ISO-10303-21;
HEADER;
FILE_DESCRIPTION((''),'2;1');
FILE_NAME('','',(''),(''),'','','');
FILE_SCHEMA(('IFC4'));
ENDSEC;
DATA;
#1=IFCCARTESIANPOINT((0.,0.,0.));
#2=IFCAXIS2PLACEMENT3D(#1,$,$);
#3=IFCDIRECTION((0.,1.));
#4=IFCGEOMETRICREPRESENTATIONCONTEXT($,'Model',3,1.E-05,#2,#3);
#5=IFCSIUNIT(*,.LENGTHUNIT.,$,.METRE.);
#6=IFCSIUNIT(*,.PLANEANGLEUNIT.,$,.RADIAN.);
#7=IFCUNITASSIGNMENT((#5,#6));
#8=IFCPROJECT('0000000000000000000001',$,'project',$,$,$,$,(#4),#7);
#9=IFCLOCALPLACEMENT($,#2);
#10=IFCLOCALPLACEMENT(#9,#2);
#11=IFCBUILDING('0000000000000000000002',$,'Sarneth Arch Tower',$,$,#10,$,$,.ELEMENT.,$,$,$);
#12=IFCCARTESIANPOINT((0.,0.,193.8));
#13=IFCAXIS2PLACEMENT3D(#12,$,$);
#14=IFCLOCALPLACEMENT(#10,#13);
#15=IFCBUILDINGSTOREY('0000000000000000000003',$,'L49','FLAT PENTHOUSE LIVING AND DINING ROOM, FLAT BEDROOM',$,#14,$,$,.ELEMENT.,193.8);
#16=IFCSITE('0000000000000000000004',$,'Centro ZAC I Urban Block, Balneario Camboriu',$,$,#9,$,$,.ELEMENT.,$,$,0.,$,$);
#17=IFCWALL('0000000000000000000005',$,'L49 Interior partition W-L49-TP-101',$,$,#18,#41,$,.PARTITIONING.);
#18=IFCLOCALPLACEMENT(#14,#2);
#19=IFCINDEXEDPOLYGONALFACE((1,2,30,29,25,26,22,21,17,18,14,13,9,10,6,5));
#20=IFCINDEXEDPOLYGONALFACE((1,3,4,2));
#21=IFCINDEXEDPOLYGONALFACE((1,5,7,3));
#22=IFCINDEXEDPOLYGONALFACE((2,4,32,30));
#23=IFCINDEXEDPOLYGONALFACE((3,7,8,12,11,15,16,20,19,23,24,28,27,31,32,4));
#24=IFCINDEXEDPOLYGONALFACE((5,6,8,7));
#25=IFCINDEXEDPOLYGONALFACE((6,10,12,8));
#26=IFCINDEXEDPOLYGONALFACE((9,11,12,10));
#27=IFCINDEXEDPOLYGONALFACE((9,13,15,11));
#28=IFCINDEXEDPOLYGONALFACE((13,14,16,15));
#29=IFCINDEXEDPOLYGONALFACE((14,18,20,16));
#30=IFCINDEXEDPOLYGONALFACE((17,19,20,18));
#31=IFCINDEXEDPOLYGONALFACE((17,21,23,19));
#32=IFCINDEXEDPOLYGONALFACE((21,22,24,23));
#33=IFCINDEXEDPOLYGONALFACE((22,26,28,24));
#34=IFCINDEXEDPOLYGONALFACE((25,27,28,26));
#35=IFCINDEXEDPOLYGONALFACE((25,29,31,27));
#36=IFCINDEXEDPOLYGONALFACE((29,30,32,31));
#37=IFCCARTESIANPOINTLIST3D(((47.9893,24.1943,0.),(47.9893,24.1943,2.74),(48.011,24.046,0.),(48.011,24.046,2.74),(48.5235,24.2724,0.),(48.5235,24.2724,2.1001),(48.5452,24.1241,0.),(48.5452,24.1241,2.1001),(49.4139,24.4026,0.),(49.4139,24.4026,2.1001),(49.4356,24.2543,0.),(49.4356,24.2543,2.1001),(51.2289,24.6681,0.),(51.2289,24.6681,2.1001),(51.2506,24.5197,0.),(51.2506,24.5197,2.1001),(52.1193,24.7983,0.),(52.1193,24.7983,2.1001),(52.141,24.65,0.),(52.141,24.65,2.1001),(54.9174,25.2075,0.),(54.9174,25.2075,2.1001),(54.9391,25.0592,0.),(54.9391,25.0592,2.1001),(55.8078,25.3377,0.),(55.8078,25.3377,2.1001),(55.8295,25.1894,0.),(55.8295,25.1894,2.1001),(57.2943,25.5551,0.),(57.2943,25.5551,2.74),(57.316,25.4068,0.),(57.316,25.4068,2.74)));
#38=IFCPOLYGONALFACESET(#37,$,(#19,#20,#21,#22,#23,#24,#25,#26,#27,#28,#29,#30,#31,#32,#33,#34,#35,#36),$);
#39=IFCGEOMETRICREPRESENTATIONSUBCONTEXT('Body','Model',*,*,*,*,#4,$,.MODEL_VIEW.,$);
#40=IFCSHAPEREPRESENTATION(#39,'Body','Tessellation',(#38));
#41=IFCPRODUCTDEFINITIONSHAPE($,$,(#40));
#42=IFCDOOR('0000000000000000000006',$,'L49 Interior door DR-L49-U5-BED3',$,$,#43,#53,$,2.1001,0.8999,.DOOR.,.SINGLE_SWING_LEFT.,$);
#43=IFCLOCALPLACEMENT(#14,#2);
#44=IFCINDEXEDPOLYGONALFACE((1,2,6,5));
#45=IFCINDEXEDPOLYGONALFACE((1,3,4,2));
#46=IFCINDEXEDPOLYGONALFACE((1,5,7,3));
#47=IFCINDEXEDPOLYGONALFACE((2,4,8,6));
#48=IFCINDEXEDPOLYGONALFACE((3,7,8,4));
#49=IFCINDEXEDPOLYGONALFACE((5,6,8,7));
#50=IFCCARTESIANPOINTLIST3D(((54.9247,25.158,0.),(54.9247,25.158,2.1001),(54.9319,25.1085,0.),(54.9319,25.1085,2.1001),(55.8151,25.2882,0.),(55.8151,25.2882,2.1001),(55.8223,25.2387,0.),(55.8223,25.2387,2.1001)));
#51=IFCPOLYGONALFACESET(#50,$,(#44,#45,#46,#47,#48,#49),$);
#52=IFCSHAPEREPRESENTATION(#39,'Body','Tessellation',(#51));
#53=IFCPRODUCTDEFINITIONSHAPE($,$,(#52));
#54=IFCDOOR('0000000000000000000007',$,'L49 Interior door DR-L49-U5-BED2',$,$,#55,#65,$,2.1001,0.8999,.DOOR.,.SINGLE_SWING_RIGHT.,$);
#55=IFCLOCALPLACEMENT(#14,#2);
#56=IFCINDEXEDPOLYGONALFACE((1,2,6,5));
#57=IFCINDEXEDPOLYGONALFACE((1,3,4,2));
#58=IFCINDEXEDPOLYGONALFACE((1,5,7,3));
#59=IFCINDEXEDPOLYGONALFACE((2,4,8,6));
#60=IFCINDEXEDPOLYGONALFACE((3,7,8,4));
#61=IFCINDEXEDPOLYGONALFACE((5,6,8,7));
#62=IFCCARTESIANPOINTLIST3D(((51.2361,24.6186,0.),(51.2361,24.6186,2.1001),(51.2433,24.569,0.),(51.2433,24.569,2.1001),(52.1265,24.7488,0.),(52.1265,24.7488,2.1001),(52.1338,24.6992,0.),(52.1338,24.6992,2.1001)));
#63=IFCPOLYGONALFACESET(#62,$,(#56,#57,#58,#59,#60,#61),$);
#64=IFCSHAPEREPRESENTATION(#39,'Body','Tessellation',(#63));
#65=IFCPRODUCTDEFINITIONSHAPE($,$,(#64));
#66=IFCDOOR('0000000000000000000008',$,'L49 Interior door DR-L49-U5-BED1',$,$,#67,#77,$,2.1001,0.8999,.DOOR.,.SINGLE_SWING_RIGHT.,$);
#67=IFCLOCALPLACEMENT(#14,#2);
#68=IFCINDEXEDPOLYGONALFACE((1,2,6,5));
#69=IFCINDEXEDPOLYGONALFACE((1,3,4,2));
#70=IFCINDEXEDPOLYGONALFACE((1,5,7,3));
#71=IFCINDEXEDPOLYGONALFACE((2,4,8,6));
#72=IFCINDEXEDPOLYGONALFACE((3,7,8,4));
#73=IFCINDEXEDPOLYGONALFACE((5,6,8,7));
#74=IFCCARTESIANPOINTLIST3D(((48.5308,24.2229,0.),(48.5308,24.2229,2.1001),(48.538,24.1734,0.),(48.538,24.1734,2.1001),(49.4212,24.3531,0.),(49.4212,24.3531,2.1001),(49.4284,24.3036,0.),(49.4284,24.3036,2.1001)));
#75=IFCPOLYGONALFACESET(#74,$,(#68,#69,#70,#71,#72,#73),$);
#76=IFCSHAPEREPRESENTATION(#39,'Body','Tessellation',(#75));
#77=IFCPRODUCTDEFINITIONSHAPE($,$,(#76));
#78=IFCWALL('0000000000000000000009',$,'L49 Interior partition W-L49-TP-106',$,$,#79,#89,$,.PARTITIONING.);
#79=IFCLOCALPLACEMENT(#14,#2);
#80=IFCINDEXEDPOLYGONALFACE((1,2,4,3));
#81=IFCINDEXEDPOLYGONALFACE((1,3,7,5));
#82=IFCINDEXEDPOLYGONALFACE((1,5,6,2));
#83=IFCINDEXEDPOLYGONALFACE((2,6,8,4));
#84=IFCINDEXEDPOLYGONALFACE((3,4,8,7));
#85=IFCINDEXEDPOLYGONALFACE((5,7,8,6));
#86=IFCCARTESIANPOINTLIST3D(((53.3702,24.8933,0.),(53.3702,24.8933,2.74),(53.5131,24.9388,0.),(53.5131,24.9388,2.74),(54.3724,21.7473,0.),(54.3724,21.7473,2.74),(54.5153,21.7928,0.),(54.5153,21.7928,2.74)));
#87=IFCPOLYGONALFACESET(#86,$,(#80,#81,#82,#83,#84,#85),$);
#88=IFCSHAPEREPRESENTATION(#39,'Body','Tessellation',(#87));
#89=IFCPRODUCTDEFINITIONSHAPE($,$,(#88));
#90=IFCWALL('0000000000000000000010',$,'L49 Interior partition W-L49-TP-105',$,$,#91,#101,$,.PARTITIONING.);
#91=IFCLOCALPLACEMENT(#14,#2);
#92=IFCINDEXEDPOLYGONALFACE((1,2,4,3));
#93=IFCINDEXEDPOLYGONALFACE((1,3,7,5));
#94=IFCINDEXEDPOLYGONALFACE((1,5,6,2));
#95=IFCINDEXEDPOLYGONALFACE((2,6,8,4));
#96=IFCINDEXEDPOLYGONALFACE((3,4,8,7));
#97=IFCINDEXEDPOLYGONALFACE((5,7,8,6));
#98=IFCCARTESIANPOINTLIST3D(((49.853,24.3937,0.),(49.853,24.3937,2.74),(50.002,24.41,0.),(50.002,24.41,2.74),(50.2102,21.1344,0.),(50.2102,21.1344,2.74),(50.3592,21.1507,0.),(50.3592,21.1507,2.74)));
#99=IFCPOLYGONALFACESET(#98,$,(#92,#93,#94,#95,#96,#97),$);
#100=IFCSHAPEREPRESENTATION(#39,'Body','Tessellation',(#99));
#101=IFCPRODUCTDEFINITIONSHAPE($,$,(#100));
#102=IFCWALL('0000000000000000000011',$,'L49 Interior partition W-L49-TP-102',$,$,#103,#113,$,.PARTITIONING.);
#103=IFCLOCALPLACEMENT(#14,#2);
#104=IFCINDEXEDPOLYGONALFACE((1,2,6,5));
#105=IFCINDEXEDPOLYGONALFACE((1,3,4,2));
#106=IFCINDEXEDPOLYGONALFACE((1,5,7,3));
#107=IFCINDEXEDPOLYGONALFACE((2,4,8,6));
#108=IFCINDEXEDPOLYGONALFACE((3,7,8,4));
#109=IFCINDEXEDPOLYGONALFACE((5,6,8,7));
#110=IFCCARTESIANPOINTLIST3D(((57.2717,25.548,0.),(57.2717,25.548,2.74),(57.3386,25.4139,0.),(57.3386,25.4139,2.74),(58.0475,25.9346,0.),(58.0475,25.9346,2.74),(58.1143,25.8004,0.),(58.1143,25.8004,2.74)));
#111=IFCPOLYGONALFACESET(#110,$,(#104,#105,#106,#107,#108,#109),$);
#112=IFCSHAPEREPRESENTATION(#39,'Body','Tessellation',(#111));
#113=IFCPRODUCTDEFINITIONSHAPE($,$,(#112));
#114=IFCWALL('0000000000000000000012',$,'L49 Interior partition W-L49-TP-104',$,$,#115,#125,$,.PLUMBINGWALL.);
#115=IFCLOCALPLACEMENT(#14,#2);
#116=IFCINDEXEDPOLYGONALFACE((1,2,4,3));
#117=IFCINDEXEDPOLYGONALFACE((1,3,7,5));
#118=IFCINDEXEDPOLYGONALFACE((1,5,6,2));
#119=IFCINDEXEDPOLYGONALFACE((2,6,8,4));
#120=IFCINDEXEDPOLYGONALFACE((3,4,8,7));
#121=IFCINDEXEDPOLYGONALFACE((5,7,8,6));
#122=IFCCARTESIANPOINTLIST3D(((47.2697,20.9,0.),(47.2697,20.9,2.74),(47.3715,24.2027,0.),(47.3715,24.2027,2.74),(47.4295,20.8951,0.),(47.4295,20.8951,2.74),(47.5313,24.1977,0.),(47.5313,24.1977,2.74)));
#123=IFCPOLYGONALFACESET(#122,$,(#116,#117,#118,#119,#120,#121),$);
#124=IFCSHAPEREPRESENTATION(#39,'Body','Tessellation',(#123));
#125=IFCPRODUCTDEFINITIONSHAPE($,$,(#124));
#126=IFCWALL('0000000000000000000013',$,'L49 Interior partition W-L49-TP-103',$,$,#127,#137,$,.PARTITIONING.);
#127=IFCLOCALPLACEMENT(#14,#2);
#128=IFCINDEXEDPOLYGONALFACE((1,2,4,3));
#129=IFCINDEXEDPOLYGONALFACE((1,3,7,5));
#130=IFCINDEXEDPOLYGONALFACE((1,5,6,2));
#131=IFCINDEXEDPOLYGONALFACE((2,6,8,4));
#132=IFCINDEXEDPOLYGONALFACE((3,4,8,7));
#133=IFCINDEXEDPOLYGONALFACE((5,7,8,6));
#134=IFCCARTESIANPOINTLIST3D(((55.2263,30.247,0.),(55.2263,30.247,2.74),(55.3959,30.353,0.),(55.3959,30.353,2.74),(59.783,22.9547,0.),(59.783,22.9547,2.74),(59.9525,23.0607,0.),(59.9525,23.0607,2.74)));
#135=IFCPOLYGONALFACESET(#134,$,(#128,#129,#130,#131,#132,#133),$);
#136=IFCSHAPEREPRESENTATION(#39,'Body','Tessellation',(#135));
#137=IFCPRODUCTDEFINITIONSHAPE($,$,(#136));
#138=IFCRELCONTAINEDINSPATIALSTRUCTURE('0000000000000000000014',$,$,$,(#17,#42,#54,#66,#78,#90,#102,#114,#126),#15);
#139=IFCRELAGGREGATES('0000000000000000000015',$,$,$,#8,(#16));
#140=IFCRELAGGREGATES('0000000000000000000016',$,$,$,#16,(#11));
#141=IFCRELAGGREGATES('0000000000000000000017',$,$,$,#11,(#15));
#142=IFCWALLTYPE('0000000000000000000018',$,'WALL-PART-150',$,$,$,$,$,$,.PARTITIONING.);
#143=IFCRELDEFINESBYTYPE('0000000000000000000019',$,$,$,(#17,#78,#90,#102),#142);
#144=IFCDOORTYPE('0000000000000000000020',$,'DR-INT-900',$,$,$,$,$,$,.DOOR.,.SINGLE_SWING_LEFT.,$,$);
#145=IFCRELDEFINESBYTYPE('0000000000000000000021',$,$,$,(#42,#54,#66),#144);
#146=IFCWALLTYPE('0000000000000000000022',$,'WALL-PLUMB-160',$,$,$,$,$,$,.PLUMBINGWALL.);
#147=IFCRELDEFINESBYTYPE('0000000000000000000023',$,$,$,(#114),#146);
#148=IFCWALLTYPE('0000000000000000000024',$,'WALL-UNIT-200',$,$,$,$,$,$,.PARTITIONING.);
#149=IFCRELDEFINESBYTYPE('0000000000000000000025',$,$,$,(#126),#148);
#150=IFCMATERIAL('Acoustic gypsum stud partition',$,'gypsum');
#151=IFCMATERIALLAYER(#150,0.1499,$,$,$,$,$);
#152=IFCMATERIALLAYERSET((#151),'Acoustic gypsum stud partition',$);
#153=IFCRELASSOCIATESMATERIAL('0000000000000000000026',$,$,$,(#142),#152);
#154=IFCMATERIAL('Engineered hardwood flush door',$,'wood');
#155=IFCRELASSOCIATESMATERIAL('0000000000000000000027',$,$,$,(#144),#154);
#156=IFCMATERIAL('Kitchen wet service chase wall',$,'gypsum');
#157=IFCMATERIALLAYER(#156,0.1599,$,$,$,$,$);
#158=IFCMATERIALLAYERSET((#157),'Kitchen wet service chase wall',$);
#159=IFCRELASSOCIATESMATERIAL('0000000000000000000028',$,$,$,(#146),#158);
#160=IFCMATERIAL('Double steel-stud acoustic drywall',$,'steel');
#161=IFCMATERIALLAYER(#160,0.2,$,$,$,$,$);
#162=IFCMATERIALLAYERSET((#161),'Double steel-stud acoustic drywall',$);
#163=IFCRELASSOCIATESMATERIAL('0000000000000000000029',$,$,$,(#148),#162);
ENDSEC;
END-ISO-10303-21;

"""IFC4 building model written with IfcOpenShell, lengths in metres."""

from ifc_helpers import new_model, si_unit, direction, frame, frame_2d, origin, place, context, subcontext, project, spatial, rectangle, extrude, material, layer, layer_set, type_object, element, fill, save


model = new_model("IFC4")

# Units and contexts
model_context = context("Model", 3, precision=1e-05, world=origin(), true_north=direction((0.0, 1.0)))
body_context = subcontext(model_context, "Body", "Model", "MODEL_VIEW")
ifc_project = project(units=[si_unit("LENGTHUNIT", "METRE"), si_unit("PLANEANGLEUNIT", "RADIAN")], contexts=[model_context])

# Site, building, storey
site_placement = place(None, origin())
site = spatial("IfcSite", under=ifc_project, at=site_placement, Name="Centro ZAC I Urban Block, Balneario Camboriu", CompositionType="ELEMENT", RefElevation=0.0)
building_placement = place(site_placement, origin())
building = spatial("IfcBuilding", under=site, at=building_placement, Name="Sarneth Arch Tower", CompositionType="ELEMENT")
storey_placement = place(building_placement, frame((0.0, 0.0, 193.8)))
storey = spatial("IfcBuildingStorey", under=building, at=storey_placement, Name="L49", Description="FLAT PENTHOUSE LIVING AND DINING ROOM, FLAT BEDROOM", CompositionType="ELEMENT", Elevation=193.8)

# Wall, openings, doors
ifc_material_1 = material(Name="Acoustic gypsum stud partition", Category="gypsum")
ifc_layer_1 = layer(ifc_material_1, 0.1499)
ifc_layer_set_1 = layer_set([ifc_layer_1], Name="Acoustic gypsum stud partition")
wall_type_1 = type_object("IfcWallType", Name="WALL-PART-150", PredefinedType="PARTITIONING", material=ifc_layer_set_1)
wall_1_placement = place(storey_placement, frame((48.0, 24.1201, 0.0), z_axis=(0.0, 0.0, 1.0), x_axis=(0.989475, 0.144706, 0.0)))
wall_1 = element("IfcWall", 1, at=wall_1_placement, inside=storey, type_object=wall_type_1, Name="L49 Interior partition W-L49-TP-101", PredefinedType="PARTITIONING", context=body_context, shape_type="SweptSolid", body=[
    extrude(rectangle(XDim=9.4041, YDim=0.1499, at=frame_2d((4.7021, 0.0))), origin(), (0.0, 0.0, 1.0), 2.74),
])
opening_1_placement = place(wall_1_placement, frame((7.002, 0.0, 0.0)))
opening_1 = element("IfcOpeningElement", 2, at=opening_1_placement, cuts=wall_1, PredefinedType="OPENING", context=body_context, shape_type="SweptSolid", body=[
    extrude(rectangle(XDim=0.8999, YDim=2.1001, at=frame_2d((0.45, 1.05))), frame((0.0, 0.085, 0.0), z_axis=(0.0, -1.0, 0.0), x_axis=(1.0, 0.0, 0.0)), (0.0, 0.0, 1.0), 0.1699),
])
opening_2_placement = place(wall_1_placement, frame((3.2742, 0.0, 0.0)))
opening_2 = element("IfcOpeningElement", 3, at=opening_2_placement, cuts=wall_1, PredefinedType="OPENING", context=body_context, shape_type="SweptSolid", body=[
    extrude(rectangle(XDim=0.8999, YDim=2.1001, at=frame_2d((0.45, 1.05))), frame((0.0, 0.085, 0.0), z_axis=(0.0, -1.0, 0.0), x_axis=(1.0, 0.0, 0.0)), (0.0, 0.0, 1.0), 0.1699),
])
opening_3_placement = place(wall_1_placement, frame((0.54, 0.0, 0.0)))
opening_3 = element("IfcOpeningElement", 4, at=opening_3_placement, cuts=wall_1, PredefinedType="OPENING", context=body_context, shape_type="SweptSolid", body=[
    extrude(rectangle(XDim=0.8999, YDim=2.1001, at=frame_2d((0.45, 1.05))), frame((0.0, 0.085, 0.0), z_axis=(0.0, -1.0, 0.0), x_axis=(1.0, 0.0, 0.0)), (0.0, 0.0, 1.0), 0.1699),
])
ifc_material_2 = material(Name="Engineered hardwood flush door", Category="wood")
door_type_1 = type_object("IfcDoorType", Name="DR-INT-900", OperationType="SINGLE_SWING_LEFT", PredefinedType="DOOR", material=ifc_material_2)
door_1_placement = place(opening_1_placement, origin())
door_1 = element("IfcDoor", 5, at=door_1_placement, inside=storey, type_object=door_type_1, Name="L49 Interior door DR-L49-U5-BED3", OperationType="SINGLE_SWING_LEFT", OverallHeight=2.1001, OverallWidth=0.8999, PredefinedType="DOOR", context=body_context, shape_type="SweptSolid", body=[
    extrude(rectangle(XDim=0.8999, YDim=2.1001, at=frame_2d((0.45, 1.05))), frame((0.0, 0.0249, 0.0), z_axis=(0.0, -1.0, 0.0), x_axis=(1.0, 0.0, 0.0)), (0.0, 0.0, 1.0), 0.05),
])
fill(opening_1, door_1)
door_2_placement = place(opening_2_placement, origin())
door_2 = element("IfcDoor", 6, at=door_2_placement, inside=storey, type_object=door_type_1, Name="L49 Interior door DR-L49-U5-BED2", OperationType="SINGLE_SWING_RIGHT", OverallHeight=2.1001, OverallWidth=0.8999, PredefinedType="DOOR", context=body_context, shape_type="SweptSolid", body=[
    extrude(rectangle(XDim=0.8999, YDim=2.1001, at=frame_2d((0.45, 1.05))), frame((0.0, 0.0249, 0.0), z_axis=(0.0, -1.0, 0.0), x_axis=(1.0, 0.0, 0.0)), (0.0, 0.0, 1.0), 0.05),
])
fill(opening_2, door_2)
door_3_placement = place(opening_3_placement, origin())
door_3 = element("IfcDoor", 7, at=door_3_placement, inside=storey, type_object=door_type_1, Name="L49 Interior door DR-L49-U5-BED1", OperationType="SINGLE_SWING_RIGHT", OverallHeight=2.1001, OverallWidth=0.8999, PredefinedType="DOOR", context=body_context, shape_type="SweptSolid", body=[
    extrude(rectangle(XDim=0.8999, YDim=2.1001, at=frame_2d((0.45, 1.05))), frame((0.0, 0.0249, 0.0), z_axis=(0.0, -1.0, 0.0), x_axis=(1.0, 0.0, 0.0)), (0.0, 0.0, 1.0), 0.05),
])
fill(opening_3, door_3)

# Walls
wall_2_placement = place(storey_placement, frame((53.4417, 24.916, 0.0), z_axis=(0.0, 0.0, 1.0), x_axis=(0.303533, -0.952821, 0.0)))
element("IfcWall", 8, at=wall_2_placement, inside=storey, type_object=wall_type_1, Name="L49 Interior partition W-L49-TP-106", PredefinedType="PARTITIONING", context=body_context, shape_type="SweptSolid", body=[
    extrude(rectangle(XDim=3.3018, YDim=0.1499, at=frame_2d((1.6509, 0.0))), origin(), (0.0, 0.0, 1.0), 2.74),
])
wall_3_placement = place(storey_placement, frame((50.2847, 21.1426, 0.0), z_axis=(0.0, 0.0, 1.0), x_axis=(-0.108936, 0.994049, 0.0)))
element("IfcWall", 9, at=wall_3_placement, inside=storey, type_object=wall_type_1, Name="L49 Interior partition W-L49-TP-105", PredefinedType="PARTITIONING", context=body_context, shape_type="SweptSolid", body=[
    extrude(rectangle(XDim=3.2788, YDim=0.1499, at=frame_2d((1.6394, 0.0))), origin(), (0.0, 0.0, 1.0), 2.74),
])
wall_4_placement = place(storey_placement, frame((57.3052, 25.481, 0.0), z_axis=(0.0, 0.0, 1.0), x_axis=(0.895046, 0.445974, 0.0)))
element("IfcWall", 10, at=wall_4_placement, inside=storey, type_object=wall_type_1, Name="L49 Interior partition W-L49-TP-102", PredefinedType="PARTITIONING", context=body_context, shape_type="SweptSolid", body=[
    extrude(rectangle(XDim=0.8667, YDim=0.1499, at=frame_2d((0.4333, 0.0))), origin(), (0.0, 0.0, 1.0), 2.74),
])
ifc_material_3 = material(Name="Kitchen wet service chase wall", Category="gypsum")
ifc_layer_2 = layer(ifc_material_3, 0.1599)
ifc_layer_set_2 = layer_set([ifc_layer_2], Name="Kitchen wet service chase wall")
wall_type_2 = type_object("IfcWallType", Name="WALL-PLUMB-160", PredefinedType="PLUMBINGWALL", material=ifc_layer_set_2)
wall_5_placement = place(storey_placement, frame((47.4514, 24.2002, 0.0), z_axis=(0.0, 0.0, 1.0), x_axis=(-0.03081, -0.999525, 0.0)))
element("IfcWall", 11, at=wall_5_placement, inside=storey, type_object=wall_type_2, Name="L49 Interior partition W-L49-TP-104", PredefinedType="PLUMBINGWALL", context=body_context, shape_type="SweptSolid", body=[
    extrude(rectangle(XDim=3.3042, YDim=0.1599, at=frame_2d((1.6521, 0.0))), origin(), (0.0, 0.0, 1.0), 2.74),
])
ifc_material_4 = material(Name="Double steel-stud acoustic drywall", Category="steel")
ifc_layer_3 = layer(ifc_material_4, 0.2)
ifc_layer_set_3 = layer_set([ifc_layer_3], Name="Double steel-stud acoustic drywall")
wall_type_3 = type_object("IfcWallType", Name="WALL-UNIT-200", PredefinedType="PARTITIONING", material=ifc_layer_set_3)
wall_6_placement = place(storey_placement, frame((59.8677, 23.0078, 0.0), z_axis=(0.0, 0.0, 1.0), x_axis=(-0.529915, 0.848051, 0.0)))
element("IfcWall", 12, at=wall_6_placement, inside=storey, type_object=wall_type_3, Name="L49 Interior partition W-L49-TP-103", PredefinedType="PARTITIONING", context=body_context, shape_type="SweptSolid", body=[
    extrude(rectangle(XDim=8.5989, YDim=0.2, at=frame_2d((4.2993, 0.0))), origin(), (0.0, 0.0, 1.0), 2.74),
])

save(model, "model.ifc")
